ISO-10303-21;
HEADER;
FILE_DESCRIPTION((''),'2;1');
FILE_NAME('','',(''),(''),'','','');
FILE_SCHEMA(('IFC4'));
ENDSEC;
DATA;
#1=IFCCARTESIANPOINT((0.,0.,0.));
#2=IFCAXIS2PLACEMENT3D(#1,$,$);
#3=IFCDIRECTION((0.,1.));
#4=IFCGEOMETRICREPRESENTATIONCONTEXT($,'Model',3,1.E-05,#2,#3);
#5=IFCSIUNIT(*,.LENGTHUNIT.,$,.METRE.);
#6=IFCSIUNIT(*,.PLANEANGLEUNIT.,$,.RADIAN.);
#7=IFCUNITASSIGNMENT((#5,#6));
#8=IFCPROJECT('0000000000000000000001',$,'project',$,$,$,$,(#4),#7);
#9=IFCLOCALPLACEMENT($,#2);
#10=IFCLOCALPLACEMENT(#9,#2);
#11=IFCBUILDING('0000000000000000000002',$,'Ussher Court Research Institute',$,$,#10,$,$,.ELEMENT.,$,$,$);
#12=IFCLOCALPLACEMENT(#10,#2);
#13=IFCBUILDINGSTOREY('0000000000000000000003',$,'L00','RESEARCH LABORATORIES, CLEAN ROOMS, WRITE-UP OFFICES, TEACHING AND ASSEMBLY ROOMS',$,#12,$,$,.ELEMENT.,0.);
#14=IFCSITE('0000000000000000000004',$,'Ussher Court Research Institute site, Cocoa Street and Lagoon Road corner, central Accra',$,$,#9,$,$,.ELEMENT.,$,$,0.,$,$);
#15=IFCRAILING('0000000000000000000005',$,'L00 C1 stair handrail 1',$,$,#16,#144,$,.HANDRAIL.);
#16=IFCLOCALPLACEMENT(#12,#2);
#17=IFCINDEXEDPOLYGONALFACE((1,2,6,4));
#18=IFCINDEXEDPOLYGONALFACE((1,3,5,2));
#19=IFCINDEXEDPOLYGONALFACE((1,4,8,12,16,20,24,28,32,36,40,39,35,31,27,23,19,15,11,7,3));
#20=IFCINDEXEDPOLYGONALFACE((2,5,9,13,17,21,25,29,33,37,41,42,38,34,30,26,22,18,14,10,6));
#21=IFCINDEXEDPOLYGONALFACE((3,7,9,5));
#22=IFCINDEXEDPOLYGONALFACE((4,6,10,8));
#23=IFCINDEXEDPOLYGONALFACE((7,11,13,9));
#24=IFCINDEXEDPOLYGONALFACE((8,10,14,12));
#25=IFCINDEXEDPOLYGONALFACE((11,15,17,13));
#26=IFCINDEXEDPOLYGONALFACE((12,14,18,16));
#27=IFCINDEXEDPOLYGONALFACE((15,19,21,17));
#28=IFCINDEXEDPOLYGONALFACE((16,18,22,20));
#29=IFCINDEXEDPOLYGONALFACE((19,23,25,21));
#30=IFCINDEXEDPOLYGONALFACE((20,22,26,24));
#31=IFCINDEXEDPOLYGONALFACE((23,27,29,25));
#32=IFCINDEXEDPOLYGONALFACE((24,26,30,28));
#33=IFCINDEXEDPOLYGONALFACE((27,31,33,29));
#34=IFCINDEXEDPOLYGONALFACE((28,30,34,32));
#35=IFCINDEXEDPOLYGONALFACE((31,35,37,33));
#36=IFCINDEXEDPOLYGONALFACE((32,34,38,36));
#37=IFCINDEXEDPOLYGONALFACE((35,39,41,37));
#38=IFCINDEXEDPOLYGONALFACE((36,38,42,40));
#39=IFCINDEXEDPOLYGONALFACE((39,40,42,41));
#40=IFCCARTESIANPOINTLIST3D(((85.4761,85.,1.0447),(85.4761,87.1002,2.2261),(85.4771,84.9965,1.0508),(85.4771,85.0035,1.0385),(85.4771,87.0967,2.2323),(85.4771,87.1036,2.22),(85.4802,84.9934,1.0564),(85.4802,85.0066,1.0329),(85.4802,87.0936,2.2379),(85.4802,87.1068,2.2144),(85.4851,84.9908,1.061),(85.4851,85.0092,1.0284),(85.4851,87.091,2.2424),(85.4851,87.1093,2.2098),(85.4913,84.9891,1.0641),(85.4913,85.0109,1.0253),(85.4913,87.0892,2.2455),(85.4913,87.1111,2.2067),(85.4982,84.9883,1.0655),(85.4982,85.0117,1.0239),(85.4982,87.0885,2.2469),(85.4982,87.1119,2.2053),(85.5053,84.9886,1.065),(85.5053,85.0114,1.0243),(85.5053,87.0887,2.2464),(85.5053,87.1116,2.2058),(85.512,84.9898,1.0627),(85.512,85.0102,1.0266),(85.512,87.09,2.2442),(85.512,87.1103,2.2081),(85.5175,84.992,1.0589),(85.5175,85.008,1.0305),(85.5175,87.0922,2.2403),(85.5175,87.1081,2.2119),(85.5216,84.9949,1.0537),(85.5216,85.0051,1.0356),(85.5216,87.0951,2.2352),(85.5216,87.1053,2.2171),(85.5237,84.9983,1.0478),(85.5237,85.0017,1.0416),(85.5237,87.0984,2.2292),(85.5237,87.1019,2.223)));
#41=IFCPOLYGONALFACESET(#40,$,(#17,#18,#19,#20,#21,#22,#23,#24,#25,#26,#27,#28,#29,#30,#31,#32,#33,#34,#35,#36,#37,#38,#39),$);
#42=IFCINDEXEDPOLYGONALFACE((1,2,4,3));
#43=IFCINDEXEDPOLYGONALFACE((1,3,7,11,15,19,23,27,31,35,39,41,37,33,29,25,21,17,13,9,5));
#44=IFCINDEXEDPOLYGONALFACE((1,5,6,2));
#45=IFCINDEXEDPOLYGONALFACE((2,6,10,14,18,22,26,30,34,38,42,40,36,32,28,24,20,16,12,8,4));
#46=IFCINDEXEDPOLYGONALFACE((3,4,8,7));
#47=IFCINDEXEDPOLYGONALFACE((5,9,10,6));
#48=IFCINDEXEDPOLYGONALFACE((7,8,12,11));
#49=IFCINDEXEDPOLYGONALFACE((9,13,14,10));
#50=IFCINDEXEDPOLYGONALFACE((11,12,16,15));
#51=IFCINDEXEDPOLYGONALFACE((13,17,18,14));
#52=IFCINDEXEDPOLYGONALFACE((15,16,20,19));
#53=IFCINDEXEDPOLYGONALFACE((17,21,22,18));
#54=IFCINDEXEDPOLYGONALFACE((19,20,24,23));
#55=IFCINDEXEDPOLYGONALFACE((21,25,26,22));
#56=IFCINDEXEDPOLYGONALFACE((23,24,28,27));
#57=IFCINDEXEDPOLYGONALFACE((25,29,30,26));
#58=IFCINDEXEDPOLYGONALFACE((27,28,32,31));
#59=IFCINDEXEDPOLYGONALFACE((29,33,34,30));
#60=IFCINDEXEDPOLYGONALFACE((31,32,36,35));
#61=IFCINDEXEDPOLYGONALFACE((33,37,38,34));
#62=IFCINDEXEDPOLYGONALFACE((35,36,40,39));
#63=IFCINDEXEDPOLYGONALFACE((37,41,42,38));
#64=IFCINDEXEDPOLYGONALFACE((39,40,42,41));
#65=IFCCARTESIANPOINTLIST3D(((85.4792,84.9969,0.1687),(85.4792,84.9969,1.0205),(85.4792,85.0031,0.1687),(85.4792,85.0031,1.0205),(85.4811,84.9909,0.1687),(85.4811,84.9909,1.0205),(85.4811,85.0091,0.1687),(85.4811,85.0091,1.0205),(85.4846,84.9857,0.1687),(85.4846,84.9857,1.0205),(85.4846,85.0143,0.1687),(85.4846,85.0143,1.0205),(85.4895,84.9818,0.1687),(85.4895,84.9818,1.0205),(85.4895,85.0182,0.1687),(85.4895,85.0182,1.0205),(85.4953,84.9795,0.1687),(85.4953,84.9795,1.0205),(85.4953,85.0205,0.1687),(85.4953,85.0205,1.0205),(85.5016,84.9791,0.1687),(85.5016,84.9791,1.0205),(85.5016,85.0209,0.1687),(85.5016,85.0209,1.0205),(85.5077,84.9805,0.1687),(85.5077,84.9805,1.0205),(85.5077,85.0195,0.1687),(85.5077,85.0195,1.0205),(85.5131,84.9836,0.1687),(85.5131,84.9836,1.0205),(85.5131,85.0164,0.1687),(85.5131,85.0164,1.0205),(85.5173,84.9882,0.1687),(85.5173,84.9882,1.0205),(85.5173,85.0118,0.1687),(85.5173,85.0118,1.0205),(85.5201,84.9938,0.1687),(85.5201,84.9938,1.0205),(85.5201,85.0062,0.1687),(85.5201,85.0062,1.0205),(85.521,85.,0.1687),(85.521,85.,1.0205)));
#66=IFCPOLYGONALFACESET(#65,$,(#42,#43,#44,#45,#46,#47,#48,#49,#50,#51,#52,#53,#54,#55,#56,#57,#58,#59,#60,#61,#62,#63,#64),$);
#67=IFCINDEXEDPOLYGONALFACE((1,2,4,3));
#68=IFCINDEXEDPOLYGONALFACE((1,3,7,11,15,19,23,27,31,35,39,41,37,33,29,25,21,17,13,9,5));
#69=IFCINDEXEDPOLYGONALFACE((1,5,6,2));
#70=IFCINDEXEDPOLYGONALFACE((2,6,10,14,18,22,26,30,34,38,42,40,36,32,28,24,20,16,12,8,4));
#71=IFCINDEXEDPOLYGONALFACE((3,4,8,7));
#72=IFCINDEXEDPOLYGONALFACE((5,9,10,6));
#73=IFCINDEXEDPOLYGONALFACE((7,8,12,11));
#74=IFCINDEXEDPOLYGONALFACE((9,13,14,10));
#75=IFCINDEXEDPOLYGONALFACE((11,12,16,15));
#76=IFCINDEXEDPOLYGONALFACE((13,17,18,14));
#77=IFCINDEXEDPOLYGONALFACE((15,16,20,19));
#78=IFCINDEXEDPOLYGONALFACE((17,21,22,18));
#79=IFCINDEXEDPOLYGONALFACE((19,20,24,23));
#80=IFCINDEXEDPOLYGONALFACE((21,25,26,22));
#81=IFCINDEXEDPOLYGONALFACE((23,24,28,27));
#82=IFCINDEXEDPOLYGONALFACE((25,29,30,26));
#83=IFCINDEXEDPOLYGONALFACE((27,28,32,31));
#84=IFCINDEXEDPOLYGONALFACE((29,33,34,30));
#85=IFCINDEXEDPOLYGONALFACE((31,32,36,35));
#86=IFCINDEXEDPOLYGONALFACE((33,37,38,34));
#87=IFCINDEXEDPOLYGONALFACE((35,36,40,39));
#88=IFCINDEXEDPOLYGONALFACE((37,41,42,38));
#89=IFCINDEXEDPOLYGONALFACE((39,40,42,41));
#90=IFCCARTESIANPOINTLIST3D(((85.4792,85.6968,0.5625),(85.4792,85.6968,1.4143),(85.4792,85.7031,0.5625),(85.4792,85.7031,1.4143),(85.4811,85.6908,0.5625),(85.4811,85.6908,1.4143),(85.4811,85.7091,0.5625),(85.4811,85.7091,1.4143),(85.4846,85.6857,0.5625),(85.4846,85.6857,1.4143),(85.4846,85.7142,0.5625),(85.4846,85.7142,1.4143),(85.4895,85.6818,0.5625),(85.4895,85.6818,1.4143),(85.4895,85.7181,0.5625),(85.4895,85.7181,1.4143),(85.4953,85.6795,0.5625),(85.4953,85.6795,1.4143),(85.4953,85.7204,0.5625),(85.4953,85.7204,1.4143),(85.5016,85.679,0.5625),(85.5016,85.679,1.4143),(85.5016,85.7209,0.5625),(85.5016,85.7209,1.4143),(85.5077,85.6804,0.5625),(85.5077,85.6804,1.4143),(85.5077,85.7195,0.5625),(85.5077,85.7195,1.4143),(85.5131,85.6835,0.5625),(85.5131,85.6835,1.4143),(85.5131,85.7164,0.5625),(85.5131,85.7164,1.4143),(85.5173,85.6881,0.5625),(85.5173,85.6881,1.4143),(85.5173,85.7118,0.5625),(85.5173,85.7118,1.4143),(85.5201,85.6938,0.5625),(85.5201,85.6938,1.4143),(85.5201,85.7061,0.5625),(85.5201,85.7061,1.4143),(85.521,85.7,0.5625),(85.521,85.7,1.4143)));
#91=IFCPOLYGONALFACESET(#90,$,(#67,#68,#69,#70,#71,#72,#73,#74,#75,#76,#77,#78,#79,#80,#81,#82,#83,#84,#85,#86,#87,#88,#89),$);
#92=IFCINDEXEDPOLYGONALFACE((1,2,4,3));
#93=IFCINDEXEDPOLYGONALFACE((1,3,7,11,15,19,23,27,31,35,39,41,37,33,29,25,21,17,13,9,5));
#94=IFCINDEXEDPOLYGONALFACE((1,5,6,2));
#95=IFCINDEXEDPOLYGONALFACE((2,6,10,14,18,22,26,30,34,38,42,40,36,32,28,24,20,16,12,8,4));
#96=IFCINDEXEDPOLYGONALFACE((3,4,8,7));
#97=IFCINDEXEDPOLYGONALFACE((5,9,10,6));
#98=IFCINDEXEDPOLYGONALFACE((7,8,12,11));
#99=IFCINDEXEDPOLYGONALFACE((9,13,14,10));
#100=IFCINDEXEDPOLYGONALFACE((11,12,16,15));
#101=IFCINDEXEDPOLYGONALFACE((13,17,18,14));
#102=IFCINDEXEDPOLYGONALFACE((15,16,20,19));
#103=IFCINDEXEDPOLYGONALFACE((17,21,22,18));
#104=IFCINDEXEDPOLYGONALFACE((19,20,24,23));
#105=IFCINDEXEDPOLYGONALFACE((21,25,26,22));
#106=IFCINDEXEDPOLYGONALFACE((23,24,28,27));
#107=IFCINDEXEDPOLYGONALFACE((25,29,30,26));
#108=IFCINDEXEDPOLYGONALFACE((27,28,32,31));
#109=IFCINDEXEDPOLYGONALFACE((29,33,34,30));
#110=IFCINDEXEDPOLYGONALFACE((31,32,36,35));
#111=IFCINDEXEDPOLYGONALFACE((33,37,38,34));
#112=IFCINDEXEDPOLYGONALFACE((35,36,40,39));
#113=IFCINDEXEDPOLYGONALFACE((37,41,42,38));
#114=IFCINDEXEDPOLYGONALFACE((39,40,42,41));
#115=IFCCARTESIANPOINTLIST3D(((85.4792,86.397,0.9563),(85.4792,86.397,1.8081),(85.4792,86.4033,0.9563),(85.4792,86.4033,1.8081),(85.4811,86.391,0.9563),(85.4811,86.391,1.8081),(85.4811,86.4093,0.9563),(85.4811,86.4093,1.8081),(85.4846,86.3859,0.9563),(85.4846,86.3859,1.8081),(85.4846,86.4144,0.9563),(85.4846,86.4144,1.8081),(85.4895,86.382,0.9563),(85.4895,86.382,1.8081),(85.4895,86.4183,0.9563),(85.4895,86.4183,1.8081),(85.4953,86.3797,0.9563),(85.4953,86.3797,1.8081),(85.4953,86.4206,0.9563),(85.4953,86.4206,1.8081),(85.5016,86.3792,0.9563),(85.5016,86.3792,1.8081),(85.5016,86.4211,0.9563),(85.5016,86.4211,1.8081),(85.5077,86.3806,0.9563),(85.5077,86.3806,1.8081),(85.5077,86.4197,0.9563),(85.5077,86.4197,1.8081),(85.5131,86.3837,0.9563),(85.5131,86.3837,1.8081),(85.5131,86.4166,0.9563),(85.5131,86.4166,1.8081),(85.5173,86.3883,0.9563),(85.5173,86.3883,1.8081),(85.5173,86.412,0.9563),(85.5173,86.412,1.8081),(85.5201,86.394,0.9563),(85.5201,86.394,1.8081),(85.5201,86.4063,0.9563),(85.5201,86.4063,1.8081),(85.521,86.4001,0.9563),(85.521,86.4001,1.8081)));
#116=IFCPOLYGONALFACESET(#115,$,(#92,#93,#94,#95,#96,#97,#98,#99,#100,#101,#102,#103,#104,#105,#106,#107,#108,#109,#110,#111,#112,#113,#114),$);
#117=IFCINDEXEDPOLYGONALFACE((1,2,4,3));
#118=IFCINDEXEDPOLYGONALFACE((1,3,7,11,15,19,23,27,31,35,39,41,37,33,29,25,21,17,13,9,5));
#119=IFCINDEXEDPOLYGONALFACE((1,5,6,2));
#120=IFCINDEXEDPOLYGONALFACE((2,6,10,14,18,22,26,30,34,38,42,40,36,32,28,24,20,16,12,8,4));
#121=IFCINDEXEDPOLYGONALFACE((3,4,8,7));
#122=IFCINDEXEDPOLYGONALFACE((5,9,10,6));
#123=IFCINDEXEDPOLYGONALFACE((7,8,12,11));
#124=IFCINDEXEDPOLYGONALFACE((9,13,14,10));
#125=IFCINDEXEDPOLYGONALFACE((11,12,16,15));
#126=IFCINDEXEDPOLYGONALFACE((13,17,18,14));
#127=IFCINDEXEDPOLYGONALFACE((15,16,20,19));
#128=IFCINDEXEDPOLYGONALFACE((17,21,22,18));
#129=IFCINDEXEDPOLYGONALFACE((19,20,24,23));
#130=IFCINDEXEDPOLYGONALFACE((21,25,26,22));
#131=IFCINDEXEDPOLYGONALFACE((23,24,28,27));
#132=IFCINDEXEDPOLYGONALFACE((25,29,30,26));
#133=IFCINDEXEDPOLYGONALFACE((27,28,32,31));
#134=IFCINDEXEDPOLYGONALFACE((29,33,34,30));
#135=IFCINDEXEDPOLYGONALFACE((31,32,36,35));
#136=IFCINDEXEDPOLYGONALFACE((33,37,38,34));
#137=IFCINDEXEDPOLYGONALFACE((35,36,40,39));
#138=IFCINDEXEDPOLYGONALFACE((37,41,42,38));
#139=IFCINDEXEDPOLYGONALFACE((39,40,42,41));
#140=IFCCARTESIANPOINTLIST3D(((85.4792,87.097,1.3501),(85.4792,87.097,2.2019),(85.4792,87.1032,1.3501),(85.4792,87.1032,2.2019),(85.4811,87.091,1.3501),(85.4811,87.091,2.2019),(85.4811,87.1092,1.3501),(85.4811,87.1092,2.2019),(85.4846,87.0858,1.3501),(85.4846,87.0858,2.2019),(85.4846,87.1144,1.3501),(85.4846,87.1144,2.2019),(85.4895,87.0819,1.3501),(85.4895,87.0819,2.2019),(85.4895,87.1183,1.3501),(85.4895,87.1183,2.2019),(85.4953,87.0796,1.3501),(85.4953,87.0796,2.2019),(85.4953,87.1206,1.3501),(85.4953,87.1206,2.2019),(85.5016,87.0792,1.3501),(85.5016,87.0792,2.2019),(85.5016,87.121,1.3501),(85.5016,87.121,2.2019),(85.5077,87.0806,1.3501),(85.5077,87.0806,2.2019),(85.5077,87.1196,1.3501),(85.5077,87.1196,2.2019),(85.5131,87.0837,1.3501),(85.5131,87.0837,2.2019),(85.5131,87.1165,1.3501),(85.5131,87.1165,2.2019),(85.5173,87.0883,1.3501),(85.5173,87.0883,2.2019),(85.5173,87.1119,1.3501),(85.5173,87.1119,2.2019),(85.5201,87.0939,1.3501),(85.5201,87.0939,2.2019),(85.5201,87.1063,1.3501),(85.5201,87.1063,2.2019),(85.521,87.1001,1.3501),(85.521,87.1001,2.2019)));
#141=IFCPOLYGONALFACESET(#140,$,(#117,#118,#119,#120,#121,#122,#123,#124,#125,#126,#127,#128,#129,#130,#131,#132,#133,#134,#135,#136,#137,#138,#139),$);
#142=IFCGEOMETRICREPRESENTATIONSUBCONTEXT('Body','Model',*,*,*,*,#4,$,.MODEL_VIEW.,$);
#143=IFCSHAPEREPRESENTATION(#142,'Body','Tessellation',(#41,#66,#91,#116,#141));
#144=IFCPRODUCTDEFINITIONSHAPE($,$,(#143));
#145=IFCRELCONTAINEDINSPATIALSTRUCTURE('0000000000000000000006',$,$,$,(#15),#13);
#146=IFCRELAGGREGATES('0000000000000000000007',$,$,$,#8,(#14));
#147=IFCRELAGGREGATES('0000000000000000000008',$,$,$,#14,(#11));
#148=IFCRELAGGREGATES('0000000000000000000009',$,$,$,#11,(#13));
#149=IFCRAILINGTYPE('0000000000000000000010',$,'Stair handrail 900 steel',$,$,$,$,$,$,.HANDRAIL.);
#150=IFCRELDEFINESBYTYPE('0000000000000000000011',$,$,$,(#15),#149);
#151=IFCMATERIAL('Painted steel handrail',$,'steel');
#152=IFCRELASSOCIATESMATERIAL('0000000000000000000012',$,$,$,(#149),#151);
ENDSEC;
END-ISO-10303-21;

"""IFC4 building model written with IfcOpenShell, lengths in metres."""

from ifc_helpers import new_model, si_unit, direction, frame, origin, origin_2d, place, context, subcontext, project, spatial, circle, extrude, material, type_object, element, save


model = new_model("IFC4")

# Units and contexts
model_context = context("Model", 3, precision=1e-05, world=origin(), true_north=direction((0.0, 1.0)))
body_context = subcontext(model_context, "Body", "Model", "MODEL_VIEW")
ifc_project = project(units=[si_unit("LENGTHUNIT", "METRE"), si_unit("PLANEANGLEUNIT", "RADIAN")], contexts=[model_context])

# Site, building, storey
site_placement = place(None, origin())
site = spatial("IfcSite", under=ifc_project, at=site_placement, Name="Ussher Court Research Institute site, Cocoa Street and Lagoon Road corner, central Accra", CompositionType="ELEMENT", RefElevation=0.0)
building_placement = place(site_placement, origin())
building = spatial("IfcBuilding", under=site, at=building_placement, Name="Ussher Court Research Institute", CompositionType="ELEMENT")
storey_placement = place(building_placement, origin())
storey = spatial("IfcBuildingStorey", under=building, at=storey_placement, Name="L00", Description="RESEARCH LABORATORIES, CLEAN ROOMS, WRITE-UP OFFICES, TEACHING AND ASSEMBLY ROOMS", CompositionType="ELEMENT", Elevation=0.0)

# Railing
ifc_material_1 = material(Name="Painted steel handrail", Category="steel")
railing_type_1 = type_object("IfcRailingType", Name="Stair handrail 900 steel", PredefinedType="HANDRAIL", material=ifc_material_1)
for number, where, name in (
    (1, (85.5, 85.0, 0.1687), "L00 C1 stair handrail 1"),
):
    element("IfcRailing", number, at=place(storey_placement, frame(where)), inside=storey, type_object=railing_type_1, Name=name, PredefinedType="HANDRAIL", context=body_context, shape_type="SweptSolid", body=[
        extrude(circle(Radius=0.0239, at=origin_2d()), frame((0.0, 0.0, 0.876), z_axis=(0.0, 0.871559, 0.49029), x_axis=(-1.0, 0.0, 0.0)), (0.0, 0.0, 1.0), 2.4097),
        extrude(circle(Radius=0.021, at=origin_2d()), origin(), (0.0, 0.0, 1.0), 0.8518),
        extrude(circle(Radius=0.021, at=origin_2d()), frame((0.0, 0.7, 0.3938)), (0.0, 0.0, 1.0), 0.8518),
        extrude(circle(Radius=0.021, at=origin_2d()), frame((0.0, 1.4001, 0.7876)), (0.0, 0.0, 1.0), 0.8518),
        extrude(circle(Radius=0.021, at=origin_2d()), frame((0.0, 2.1001, 1.1814)), (0.0, 0.0, 1.0), 0.8518),
    ])

save(model, "model.ifc")
